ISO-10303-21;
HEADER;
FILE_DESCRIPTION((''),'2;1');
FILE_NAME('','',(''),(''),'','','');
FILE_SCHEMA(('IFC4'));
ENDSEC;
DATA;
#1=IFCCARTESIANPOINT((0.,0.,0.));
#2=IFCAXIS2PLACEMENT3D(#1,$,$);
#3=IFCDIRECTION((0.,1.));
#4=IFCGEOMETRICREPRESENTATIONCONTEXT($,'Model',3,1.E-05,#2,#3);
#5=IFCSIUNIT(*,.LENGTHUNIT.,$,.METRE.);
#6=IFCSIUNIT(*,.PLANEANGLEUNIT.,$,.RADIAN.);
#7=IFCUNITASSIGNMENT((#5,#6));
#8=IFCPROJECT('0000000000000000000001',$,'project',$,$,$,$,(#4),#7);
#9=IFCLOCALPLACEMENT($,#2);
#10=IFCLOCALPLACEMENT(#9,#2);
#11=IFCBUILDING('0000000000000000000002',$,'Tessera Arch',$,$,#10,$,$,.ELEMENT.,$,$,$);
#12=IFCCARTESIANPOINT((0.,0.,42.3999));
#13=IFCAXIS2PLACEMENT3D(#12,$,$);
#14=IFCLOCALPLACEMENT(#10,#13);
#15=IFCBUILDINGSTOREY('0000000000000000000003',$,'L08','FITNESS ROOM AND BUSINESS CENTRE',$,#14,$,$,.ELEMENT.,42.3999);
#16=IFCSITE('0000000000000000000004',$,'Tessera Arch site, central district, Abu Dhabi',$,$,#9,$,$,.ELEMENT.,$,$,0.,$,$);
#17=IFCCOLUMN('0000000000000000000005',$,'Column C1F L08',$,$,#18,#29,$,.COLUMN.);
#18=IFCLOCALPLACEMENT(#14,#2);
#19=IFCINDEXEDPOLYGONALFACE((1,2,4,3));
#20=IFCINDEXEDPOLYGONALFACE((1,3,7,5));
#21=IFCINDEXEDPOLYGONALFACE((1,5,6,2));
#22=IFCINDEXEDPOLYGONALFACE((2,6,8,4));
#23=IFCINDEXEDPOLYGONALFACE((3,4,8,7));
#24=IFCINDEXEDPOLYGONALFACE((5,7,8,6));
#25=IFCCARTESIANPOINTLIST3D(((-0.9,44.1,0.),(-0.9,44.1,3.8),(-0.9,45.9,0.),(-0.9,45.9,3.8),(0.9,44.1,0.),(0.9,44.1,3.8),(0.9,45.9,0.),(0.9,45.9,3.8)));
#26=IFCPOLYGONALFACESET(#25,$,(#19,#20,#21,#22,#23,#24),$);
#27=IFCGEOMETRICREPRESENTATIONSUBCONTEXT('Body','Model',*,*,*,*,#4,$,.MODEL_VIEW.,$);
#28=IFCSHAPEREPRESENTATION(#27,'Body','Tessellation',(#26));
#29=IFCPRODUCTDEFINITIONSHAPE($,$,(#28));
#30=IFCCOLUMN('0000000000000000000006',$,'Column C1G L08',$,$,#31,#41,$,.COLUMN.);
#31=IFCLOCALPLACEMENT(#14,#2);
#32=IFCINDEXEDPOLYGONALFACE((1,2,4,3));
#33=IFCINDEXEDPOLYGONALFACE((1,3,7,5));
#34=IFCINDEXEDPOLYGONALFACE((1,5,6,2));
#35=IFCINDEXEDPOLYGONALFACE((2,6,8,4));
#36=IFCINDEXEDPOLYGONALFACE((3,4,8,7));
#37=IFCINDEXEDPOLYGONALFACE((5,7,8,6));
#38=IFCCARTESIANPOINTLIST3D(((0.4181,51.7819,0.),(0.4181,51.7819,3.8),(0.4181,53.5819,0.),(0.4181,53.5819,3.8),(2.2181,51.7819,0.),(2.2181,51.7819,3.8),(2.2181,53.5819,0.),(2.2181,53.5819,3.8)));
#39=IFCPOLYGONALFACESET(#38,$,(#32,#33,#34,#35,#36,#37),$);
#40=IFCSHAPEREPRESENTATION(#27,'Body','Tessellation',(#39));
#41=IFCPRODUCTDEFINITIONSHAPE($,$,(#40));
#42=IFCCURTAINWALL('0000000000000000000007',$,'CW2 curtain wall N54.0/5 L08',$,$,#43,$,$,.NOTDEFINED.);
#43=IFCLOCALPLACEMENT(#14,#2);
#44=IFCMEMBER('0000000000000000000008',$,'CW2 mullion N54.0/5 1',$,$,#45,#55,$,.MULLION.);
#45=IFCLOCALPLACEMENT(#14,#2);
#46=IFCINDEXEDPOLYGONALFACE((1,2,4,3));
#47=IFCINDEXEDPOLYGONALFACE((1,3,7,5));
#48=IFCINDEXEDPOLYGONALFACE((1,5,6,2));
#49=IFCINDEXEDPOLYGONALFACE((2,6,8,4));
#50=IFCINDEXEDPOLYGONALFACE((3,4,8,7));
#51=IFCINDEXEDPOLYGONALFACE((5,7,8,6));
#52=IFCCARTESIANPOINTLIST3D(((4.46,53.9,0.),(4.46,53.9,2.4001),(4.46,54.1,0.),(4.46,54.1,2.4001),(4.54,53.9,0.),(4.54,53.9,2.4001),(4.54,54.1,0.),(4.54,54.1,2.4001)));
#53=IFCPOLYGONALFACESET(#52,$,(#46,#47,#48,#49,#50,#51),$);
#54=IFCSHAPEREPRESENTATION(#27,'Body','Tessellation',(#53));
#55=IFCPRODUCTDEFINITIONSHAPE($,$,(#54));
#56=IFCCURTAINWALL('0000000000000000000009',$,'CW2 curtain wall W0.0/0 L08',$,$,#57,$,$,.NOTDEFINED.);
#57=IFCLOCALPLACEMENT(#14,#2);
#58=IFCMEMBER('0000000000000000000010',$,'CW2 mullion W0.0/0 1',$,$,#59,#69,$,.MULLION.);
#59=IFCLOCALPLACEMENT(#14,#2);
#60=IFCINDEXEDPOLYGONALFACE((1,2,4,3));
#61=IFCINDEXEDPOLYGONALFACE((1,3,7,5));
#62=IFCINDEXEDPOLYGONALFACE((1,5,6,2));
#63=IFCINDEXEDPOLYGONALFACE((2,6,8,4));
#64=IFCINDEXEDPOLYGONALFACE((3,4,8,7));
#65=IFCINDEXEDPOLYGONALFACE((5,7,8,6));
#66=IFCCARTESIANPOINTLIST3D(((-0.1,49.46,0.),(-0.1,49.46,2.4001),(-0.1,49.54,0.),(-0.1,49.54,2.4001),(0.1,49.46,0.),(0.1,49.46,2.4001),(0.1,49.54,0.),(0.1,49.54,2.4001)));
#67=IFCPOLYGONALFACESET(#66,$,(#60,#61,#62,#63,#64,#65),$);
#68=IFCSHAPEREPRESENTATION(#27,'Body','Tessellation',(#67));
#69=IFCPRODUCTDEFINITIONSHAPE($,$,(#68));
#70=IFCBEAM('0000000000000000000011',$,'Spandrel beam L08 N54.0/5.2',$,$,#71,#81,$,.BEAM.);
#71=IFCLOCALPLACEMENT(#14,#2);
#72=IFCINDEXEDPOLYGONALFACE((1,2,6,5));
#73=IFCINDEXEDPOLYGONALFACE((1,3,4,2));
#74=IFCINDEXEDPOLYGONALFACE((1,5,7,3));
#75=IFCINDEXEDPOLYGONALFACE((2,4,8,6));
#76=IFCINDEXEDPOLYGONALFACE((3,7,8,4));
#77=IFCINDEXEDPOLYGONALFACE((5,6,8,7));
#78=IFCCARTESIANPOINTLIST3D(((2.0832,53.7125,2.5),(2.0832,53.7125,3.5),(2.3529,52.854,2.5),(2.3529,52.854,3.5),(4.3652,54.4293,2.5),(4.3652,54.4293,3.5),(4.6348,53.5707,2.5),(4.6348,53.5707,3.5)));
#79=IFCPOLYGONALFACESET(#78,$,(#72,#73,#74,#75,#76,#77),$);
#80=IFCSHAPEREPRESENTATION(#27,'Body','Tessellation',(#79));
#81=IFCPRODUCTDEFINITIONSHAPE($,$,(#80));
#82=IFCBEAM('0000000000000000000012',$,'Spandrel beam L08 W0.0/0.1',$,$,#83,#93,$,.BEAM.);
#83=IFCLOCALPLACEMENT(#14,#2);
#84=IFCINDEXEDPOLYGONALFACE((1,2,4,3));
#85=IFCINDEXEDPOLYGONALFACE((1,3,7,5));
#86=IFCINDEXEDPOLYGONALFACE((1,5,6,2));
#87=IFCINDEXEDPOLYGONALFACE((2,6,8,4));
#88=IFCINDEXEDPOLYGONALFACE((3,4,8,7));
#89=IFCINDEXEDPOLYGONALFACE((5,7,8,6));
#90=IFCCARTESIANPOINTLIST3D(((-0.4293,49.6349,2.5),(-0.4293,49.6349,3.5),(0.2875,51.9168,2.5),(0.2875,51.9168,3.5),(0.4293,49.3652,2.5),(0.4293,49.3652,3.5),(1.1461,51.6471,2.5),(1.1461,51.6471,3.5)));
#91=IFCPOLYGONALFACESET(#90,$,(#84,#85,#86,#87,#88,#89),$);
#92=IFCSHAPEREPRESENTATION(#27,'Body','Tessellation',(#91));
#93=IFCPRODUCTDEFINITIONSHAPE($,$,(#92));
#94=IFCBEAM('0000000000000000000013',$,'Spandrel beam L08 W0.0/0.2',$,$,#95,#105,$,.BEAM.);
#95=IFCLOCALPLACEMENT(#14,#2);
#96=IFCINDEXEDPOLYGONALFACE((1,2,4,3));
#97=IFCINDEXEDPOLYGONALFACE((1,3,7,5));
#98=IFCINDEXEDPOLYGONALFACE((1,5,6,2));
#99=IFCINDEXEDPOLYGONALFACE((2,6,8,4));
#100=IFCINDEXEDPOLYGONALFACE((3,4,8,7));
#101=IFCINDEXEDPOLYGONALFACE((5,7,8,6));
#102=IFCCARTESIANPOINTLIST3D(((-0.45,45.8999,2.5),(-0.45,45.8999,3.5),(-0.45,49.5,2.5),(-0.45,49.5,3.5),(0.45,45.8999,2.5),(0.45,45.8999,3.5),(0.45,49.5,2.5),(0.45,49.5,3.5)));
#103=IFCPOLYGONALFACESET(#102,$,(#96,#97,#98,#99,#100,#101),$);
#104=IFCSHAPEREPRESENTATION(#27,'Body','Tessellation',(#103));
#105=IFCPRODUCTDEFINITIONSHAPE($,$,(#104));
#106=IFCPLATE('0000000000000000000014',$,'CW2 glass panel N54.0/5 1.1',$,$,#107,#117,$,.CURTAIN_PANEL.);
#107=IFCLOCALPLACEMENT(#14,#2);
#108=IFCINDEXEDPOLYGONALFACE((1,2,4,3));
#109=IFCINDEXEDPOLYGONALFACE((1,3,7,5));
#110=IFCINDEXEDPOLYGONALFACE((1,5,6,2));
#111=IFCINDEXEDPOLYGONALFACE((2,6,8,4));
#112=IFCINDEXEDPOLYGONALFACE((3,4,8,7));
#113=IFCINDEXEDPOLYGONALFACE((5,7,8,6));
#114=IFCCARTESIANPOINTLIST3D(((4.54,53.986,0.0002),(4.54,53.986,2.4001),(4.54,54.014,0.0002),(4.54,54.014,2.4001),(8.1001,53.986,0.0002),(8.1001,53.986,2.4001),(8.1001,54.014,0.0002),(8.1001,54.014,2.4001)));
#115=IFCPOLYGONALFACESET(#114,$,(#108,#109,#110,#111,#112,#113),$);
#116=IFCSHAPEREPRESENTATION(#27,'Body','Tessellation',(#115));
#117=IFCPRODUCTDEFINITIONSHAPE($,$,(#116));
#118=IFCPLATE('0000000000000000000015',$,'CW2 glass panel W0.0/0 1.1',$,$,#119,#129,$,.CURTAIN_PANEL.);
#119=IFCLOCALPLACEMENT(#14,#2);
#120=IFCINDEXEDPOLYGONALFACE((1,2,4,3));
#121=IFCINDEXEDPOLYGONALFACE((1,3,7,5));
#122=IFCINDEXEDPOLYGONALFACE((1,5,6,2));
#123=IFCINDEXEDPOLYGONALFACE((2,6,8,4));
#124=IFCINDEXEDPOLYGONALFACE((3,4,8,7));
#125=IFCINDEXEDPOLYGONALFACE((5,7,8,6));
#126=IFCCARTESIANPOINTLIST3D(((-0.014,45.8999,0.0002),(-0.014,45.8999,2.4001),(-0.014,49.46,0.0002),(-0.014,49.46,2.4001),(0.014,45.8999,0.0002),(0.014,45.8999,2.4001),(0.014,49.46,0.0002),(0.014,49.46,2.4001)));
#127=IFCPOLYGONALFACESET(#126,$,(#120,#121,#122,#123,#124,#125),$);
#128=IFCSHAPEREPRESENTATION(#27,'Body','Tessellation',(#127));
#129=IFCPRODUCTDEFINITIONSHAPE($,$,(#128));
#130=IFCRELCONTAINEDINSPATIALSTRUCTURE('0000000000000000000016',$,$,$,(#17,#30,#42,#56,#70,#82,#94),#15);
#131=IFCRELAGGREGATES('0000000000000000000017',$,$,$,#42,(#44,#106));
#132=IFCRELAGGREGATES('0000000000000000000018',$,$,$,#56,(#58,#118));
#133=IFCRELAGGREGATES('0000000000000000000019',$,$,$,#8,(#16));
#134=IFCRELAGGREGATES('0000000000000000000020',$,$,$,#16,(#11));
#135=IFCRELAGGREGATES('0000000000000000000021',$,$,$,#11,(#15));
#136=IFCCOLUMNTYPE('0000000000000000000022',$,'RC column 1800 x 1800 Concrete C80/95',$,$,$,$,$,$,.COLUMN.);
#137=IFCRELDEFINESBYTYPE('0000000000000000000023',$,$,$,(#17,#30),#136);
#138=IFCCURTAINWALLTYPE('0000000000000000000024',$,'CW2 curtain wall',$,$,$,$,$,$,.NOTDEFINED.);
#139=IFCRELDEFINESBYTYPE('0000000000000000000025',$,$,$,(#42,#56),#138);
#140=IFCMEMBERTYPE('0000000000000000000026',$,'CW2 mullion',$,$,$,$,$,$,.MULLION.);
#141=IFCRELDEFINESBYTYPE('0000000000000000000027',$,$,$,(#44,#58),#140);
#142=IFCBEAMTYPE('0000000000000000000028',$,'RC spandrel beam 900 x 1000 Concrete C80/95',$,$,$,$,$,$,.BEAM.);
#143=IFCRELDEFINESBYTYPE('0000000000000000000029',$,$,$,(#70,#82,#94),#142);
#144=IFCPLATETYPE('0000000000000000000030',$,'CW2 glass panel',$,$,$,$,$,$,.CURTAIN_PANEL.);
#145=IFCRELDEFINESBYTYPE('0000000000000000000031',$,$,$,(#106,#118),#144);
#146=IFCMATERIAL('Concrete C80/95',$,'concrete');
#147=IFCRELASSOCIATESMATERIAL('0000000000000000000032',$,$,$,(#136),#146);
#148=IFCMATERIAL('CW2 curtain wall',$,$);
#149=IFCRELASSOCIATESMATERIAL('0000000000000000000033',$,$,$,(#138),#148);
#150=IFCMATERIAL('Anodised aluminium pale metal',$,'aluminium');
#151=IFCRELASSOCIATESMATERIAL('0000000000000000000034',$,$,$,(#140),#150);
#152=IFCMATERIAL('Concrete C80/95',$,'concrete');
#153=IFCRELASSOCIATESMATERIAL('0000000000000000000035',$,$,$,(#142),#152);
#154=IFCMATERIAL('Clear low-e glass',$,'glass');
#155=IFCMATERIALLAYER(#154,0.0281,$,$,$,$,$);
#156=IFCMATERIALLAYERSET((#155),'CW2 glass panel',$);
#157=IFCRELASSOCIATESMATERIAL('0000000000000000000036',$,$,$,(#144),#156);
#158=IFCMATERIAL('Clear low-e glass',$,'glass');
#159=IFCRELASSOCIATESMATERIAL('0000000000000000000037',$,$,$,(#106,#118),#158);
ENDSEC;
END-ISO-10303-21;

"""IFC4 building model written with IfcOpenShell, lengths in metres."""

from ifc_helpers import new_model, si_unit, direction, frame, origin, origin_2d, place, context, subcontext, project, spatial, rectangle, extrude, material, layer, layer_set, material_profile, profile_set, type_object, element, aggregate, save


model = new_model("IFC4")

# Units and contexts
model_context = context("Model", 3, precision=1e-05, world=origin(), true_north=direction((0.0, 1.0)))
body_context = subcontext(model_context, "Body", "Model", "MODEL_VIEW")
ifc_project = project(units=[si_unit("LENGTHUNIT", "METRE"), si_unit("PLANEANGLEUNIT", "RADIAN")], contexts=[model_context])

# Site, building, storey
site_placement = place(None, origin())
site = spatial("IfcSite", under=ifc_project, at=site_placement, Name="Tessera Arch site, central district, Abu Dhabi", CompositionType="ELEMENT", RefElevation=0.0)
building_placement = place(site_placement, origin())
building = spatial("IfcBuilding", under=site, at=building_placement, Name="Tessera Arch", CompositionType="ELEMENT")
storey_placement = place(building_placement, frame((0.0, 0.0, 42.3999)))
storey = spatial("IfcBuildingStorey", under=building, at=storey_placement, Name="L08", Description="FITNESS ROOM AND BUSINESS CENTRE", CompositionType="ELEMENT", Elevation=42.3999)

# Columns
ifc_material_1 = material(Name="Concrete C80/95", Category="concrete")
ifc_material_profile_1 = material_profile(ifc_material_1, rectangle(XDim=1.8, YDim=1.8, at=origin_2d()), Name="RC column 1800 x 1800 Concrete C80/95")
ifc_profile_set_1 = profile_set([ifc_material_profile_1], Name="Concrete C80/95")
column_type = type_object("IfcColumnType", Name="RC column 1800 x 1800 Concrete C80/95", PredefinedType="COLUMN", material=ifc_profile_set_1)
for number, where, z_axis, x_axis, name in (
    (1, (0.0, 45.0, 0.0), (0.0, 0.0, 1.0), (1.0, 0.0, 0.0), "Column C1F L08"),
    (2, (1.3181, 52.6819, 0.0), (0.0, 0.0, 1.0), (1.0, 0.0, 0.0), "Column C1G L08"),
):
    element("IfcColumn", number, at=place(storey_placement, frame(where, z_axis=z_axis, x_axis=x_axis)), inside=storey, type_object=column_type, Name=name, PredefinedType="COLUMN", context=body_context, shape_type="SweptSolid", body=[
        extrude(rectangle(XDim=1.8, YDim=1.8, at=origin_2d()), origin(), (0.0, 0.0, 1.0), 3.8),
    ])

# Curtain walls, members
ifc_material_2 = material(Name="CW2 curtain wall")
curtain_wall_type = type_object("IfcCurtainWallType", Name="CW2 curtain wall", PredefinedType="NOTDEFINED", material=ifc_material_2)
curtain_wall_1_placement = place(storey_placement, origin())
curtain_wall_1 = element("IfcCurtainWall", 3, at=curtain_wall_1_placement, inside=storey, type_object=curtain_wall_type, Name="CW2 curtain wall N54.0/5 L08", PredefinedType="NOTDEFINED")
ifc_material_3 = material(Name="Anodised aluminium pale metal", Category="aluminium")
ifc_material_profile_2 = material_profile(ifc_material_3, rectangle(XDim=0.2, YDim=0.0801, at=origin_2d()), Name="AL 80x200")
ifc_profile_set_2 = profile_set([ifc_material_profile_2], Name="Anodised aluminium pale metal")
member_type = type_object("IfcMemberType", Name="CW2 mullion", PredefinedType="MULLION", material=ifc_profile_set_2)
member_1_placement = place(storey_placement, frame((4.5, 54.0, 0.0), z_axis=(0.0, 0.0, 1.0), x_axis=(0.0, -1.0, 0.0)))
member_1 = element("IfcMember", 4, at=member_1_placement, type_object=member_type, Name="CW2 mullion N54.0/5 1", PredefinedType="MULLION", context=body_context, shape_type="SweptSolid", body=[
    extrude(rectangle(XDim=0.2, YDim=0.0801, at=origin_2d()), origin(), (0.0, 0.0, 1.0), 2.4001),
])
curtain_wall_2_placement = place(storey_placement, origin())
curtain_wall_2 = element("IfcCurtainWall", 5, at=curtain_wall_2_placement, inside=storey, type_object=curtain_wall_type, Name="CW2 curtain wall W0.0/0 L08", PredefinedType="NOTDEFINED")
member_2_placement = place(storey_placement, frame((0.0, 49.5, 0.0), z_axis=(0.0, 0.0, 1.0), x_axis=(1.0, 0.0, 0.0)))
member_2 = element("IfcMember", 6, at=member_2_placement, type_object=member_type, Name="CW2 mullion W0.0/0 1", PredefinedType="MULLION", context=body_context, shape_type="SweptSolid", body=[
    extrude(rectangle(XDim=0.2, YDim=0.0801, at=origin_2d()), origin(), (0.0, 0.0, 1.0), 2.4001),
])

# Beams
ifc_material_4 = material(Name="Concrete C80/95", Category="concrete")
ifc_material_profile_3 = material_profile(ifc_material_4, rectangle(XDim=0.8999, YDim=1.0, at=origin_2d()), Name="RC spandrel beam 900 x 1000 Concrete C80/95")
ifc_profile_set_3 = profile_set([ifc_material_profile_3], Name="Concrete C80/95")
beam_type = type_object("IfcBeamType", Name="RC spandrel beam 900 x 1000 Concrete C80/95", PredefinedType="BEAM", material=ifc_profile_set_3)
for number, where, z_axis, x_axis, name in (
    (7, (4.5, 54.0, 3.0), (-0.954041, -0.299675, 0.0), (0.299675, -0.954041, 0.0), "Spandrel beam L08 N54.0/5.2"),
    (8, (0.7168, 51.782, 3.0), (-0.299675, -0.954041, 0.0), (0.954041, -0.299675, 0.0), "Spandrel beam L08 W0.0/0.1"),
):
    element("IfcBeam", number, at=place(storey_placement, frame(where, z_axis=z_axis, x_axis=x_axis)), inside=storey, type_object=beam_type, Name=name, PredefinedType="BEAM", context=body_context, shape_type="SweptSolid", body=[
        extrude(rectangle(XDim=0.8999, YDim=1.0, at=origin_2d()), origin(), (0.0, 0.0, 1.0), 2.3918),
    ])
beam_placement = place(storey_placement, frame((0.0, 49.5, 3.0), z_axis=(0.0, -1.0, 0.0), x_axis=(1.0, 0.0, 0.0)))
element("IfcBeam", 9, at=beam_placement, inside=storey, type_object=beam_type, Name="Spandrel beam L08 W0.0/0.2", PredefinedType="BEAM", context=body_context, shape_type="SweptSolid", body=[
    extrude(rectangle(XDim=0.8999, YDim=1.0, at=origin_2d()), origin(), (0.0, 0.0, 1.0), 3.6001),
])

# Plates
ifc_material_5 = material(Name="Clear low-e glass", Category="glass")
ifc_material_6 = material(Name="Clear low-e glass", Category="glass")
ifc_layer_1 = layer(ifc_material_6, 0.0281)
ifc_layer_set_1 = layer_set([ifc_layer_1], Name="CW2 glass panel")
plate_type = type_object("IfcPlateType", Name="CW2 glass panel", PredefinedType="CURTAIN_PANEL", material=ifc_layer_set_1)
plate_1_placement = place(storey_placement, frame((6.3201, 54.0, 0.0002), z_axis=(0.0, 0.0, 1.0), x_axis=(-1.0, 0.0, 0.0)))
plate_1 = element("IfcPlate", 10, at=plate_1_placement, type_object=plate_type, material=ifc_material_5, Name="CW2 glass panel N54.0/5 1.1", PredefinedType="CURTAIN_PANEL", context=body_context, shape_type="SweptSolid", body=[
    extrude(rectangle(XDim=3.5601, YDim=0.0281, at=origin_2d()), origin(), (0.0, 0.0, 1.0), 2.3999),
])
aggregate(curtain_wall_1, [member_1, plate_1])
plate_2_placement = place(storey_placement, frame((0.0, 47.6799, 0.0002), z_axis=(0.0, 0.0, 1.0), x_axis=(0.0, -1.0, 0.0)))
plate_2 = element("IfcPlate", 11, at=plate_2_placement, type_object=plate_type, material=ifc_material_5, Name="CW2 glass panel W0.0/0 1.1", PredefinedType="CURTAIN_PANEL", context=body_context, shape_type="SweptSolid", body=[
    extrude(rectangle(XDim=3.5601, YDim=0.0281, at=origin_2d()), origin(), (0.0, 0.0, 1.0), 2.3999),
])
aggregate(curtain_wall_2, [member_2, plate_2])

save(model, "model.ifc")
